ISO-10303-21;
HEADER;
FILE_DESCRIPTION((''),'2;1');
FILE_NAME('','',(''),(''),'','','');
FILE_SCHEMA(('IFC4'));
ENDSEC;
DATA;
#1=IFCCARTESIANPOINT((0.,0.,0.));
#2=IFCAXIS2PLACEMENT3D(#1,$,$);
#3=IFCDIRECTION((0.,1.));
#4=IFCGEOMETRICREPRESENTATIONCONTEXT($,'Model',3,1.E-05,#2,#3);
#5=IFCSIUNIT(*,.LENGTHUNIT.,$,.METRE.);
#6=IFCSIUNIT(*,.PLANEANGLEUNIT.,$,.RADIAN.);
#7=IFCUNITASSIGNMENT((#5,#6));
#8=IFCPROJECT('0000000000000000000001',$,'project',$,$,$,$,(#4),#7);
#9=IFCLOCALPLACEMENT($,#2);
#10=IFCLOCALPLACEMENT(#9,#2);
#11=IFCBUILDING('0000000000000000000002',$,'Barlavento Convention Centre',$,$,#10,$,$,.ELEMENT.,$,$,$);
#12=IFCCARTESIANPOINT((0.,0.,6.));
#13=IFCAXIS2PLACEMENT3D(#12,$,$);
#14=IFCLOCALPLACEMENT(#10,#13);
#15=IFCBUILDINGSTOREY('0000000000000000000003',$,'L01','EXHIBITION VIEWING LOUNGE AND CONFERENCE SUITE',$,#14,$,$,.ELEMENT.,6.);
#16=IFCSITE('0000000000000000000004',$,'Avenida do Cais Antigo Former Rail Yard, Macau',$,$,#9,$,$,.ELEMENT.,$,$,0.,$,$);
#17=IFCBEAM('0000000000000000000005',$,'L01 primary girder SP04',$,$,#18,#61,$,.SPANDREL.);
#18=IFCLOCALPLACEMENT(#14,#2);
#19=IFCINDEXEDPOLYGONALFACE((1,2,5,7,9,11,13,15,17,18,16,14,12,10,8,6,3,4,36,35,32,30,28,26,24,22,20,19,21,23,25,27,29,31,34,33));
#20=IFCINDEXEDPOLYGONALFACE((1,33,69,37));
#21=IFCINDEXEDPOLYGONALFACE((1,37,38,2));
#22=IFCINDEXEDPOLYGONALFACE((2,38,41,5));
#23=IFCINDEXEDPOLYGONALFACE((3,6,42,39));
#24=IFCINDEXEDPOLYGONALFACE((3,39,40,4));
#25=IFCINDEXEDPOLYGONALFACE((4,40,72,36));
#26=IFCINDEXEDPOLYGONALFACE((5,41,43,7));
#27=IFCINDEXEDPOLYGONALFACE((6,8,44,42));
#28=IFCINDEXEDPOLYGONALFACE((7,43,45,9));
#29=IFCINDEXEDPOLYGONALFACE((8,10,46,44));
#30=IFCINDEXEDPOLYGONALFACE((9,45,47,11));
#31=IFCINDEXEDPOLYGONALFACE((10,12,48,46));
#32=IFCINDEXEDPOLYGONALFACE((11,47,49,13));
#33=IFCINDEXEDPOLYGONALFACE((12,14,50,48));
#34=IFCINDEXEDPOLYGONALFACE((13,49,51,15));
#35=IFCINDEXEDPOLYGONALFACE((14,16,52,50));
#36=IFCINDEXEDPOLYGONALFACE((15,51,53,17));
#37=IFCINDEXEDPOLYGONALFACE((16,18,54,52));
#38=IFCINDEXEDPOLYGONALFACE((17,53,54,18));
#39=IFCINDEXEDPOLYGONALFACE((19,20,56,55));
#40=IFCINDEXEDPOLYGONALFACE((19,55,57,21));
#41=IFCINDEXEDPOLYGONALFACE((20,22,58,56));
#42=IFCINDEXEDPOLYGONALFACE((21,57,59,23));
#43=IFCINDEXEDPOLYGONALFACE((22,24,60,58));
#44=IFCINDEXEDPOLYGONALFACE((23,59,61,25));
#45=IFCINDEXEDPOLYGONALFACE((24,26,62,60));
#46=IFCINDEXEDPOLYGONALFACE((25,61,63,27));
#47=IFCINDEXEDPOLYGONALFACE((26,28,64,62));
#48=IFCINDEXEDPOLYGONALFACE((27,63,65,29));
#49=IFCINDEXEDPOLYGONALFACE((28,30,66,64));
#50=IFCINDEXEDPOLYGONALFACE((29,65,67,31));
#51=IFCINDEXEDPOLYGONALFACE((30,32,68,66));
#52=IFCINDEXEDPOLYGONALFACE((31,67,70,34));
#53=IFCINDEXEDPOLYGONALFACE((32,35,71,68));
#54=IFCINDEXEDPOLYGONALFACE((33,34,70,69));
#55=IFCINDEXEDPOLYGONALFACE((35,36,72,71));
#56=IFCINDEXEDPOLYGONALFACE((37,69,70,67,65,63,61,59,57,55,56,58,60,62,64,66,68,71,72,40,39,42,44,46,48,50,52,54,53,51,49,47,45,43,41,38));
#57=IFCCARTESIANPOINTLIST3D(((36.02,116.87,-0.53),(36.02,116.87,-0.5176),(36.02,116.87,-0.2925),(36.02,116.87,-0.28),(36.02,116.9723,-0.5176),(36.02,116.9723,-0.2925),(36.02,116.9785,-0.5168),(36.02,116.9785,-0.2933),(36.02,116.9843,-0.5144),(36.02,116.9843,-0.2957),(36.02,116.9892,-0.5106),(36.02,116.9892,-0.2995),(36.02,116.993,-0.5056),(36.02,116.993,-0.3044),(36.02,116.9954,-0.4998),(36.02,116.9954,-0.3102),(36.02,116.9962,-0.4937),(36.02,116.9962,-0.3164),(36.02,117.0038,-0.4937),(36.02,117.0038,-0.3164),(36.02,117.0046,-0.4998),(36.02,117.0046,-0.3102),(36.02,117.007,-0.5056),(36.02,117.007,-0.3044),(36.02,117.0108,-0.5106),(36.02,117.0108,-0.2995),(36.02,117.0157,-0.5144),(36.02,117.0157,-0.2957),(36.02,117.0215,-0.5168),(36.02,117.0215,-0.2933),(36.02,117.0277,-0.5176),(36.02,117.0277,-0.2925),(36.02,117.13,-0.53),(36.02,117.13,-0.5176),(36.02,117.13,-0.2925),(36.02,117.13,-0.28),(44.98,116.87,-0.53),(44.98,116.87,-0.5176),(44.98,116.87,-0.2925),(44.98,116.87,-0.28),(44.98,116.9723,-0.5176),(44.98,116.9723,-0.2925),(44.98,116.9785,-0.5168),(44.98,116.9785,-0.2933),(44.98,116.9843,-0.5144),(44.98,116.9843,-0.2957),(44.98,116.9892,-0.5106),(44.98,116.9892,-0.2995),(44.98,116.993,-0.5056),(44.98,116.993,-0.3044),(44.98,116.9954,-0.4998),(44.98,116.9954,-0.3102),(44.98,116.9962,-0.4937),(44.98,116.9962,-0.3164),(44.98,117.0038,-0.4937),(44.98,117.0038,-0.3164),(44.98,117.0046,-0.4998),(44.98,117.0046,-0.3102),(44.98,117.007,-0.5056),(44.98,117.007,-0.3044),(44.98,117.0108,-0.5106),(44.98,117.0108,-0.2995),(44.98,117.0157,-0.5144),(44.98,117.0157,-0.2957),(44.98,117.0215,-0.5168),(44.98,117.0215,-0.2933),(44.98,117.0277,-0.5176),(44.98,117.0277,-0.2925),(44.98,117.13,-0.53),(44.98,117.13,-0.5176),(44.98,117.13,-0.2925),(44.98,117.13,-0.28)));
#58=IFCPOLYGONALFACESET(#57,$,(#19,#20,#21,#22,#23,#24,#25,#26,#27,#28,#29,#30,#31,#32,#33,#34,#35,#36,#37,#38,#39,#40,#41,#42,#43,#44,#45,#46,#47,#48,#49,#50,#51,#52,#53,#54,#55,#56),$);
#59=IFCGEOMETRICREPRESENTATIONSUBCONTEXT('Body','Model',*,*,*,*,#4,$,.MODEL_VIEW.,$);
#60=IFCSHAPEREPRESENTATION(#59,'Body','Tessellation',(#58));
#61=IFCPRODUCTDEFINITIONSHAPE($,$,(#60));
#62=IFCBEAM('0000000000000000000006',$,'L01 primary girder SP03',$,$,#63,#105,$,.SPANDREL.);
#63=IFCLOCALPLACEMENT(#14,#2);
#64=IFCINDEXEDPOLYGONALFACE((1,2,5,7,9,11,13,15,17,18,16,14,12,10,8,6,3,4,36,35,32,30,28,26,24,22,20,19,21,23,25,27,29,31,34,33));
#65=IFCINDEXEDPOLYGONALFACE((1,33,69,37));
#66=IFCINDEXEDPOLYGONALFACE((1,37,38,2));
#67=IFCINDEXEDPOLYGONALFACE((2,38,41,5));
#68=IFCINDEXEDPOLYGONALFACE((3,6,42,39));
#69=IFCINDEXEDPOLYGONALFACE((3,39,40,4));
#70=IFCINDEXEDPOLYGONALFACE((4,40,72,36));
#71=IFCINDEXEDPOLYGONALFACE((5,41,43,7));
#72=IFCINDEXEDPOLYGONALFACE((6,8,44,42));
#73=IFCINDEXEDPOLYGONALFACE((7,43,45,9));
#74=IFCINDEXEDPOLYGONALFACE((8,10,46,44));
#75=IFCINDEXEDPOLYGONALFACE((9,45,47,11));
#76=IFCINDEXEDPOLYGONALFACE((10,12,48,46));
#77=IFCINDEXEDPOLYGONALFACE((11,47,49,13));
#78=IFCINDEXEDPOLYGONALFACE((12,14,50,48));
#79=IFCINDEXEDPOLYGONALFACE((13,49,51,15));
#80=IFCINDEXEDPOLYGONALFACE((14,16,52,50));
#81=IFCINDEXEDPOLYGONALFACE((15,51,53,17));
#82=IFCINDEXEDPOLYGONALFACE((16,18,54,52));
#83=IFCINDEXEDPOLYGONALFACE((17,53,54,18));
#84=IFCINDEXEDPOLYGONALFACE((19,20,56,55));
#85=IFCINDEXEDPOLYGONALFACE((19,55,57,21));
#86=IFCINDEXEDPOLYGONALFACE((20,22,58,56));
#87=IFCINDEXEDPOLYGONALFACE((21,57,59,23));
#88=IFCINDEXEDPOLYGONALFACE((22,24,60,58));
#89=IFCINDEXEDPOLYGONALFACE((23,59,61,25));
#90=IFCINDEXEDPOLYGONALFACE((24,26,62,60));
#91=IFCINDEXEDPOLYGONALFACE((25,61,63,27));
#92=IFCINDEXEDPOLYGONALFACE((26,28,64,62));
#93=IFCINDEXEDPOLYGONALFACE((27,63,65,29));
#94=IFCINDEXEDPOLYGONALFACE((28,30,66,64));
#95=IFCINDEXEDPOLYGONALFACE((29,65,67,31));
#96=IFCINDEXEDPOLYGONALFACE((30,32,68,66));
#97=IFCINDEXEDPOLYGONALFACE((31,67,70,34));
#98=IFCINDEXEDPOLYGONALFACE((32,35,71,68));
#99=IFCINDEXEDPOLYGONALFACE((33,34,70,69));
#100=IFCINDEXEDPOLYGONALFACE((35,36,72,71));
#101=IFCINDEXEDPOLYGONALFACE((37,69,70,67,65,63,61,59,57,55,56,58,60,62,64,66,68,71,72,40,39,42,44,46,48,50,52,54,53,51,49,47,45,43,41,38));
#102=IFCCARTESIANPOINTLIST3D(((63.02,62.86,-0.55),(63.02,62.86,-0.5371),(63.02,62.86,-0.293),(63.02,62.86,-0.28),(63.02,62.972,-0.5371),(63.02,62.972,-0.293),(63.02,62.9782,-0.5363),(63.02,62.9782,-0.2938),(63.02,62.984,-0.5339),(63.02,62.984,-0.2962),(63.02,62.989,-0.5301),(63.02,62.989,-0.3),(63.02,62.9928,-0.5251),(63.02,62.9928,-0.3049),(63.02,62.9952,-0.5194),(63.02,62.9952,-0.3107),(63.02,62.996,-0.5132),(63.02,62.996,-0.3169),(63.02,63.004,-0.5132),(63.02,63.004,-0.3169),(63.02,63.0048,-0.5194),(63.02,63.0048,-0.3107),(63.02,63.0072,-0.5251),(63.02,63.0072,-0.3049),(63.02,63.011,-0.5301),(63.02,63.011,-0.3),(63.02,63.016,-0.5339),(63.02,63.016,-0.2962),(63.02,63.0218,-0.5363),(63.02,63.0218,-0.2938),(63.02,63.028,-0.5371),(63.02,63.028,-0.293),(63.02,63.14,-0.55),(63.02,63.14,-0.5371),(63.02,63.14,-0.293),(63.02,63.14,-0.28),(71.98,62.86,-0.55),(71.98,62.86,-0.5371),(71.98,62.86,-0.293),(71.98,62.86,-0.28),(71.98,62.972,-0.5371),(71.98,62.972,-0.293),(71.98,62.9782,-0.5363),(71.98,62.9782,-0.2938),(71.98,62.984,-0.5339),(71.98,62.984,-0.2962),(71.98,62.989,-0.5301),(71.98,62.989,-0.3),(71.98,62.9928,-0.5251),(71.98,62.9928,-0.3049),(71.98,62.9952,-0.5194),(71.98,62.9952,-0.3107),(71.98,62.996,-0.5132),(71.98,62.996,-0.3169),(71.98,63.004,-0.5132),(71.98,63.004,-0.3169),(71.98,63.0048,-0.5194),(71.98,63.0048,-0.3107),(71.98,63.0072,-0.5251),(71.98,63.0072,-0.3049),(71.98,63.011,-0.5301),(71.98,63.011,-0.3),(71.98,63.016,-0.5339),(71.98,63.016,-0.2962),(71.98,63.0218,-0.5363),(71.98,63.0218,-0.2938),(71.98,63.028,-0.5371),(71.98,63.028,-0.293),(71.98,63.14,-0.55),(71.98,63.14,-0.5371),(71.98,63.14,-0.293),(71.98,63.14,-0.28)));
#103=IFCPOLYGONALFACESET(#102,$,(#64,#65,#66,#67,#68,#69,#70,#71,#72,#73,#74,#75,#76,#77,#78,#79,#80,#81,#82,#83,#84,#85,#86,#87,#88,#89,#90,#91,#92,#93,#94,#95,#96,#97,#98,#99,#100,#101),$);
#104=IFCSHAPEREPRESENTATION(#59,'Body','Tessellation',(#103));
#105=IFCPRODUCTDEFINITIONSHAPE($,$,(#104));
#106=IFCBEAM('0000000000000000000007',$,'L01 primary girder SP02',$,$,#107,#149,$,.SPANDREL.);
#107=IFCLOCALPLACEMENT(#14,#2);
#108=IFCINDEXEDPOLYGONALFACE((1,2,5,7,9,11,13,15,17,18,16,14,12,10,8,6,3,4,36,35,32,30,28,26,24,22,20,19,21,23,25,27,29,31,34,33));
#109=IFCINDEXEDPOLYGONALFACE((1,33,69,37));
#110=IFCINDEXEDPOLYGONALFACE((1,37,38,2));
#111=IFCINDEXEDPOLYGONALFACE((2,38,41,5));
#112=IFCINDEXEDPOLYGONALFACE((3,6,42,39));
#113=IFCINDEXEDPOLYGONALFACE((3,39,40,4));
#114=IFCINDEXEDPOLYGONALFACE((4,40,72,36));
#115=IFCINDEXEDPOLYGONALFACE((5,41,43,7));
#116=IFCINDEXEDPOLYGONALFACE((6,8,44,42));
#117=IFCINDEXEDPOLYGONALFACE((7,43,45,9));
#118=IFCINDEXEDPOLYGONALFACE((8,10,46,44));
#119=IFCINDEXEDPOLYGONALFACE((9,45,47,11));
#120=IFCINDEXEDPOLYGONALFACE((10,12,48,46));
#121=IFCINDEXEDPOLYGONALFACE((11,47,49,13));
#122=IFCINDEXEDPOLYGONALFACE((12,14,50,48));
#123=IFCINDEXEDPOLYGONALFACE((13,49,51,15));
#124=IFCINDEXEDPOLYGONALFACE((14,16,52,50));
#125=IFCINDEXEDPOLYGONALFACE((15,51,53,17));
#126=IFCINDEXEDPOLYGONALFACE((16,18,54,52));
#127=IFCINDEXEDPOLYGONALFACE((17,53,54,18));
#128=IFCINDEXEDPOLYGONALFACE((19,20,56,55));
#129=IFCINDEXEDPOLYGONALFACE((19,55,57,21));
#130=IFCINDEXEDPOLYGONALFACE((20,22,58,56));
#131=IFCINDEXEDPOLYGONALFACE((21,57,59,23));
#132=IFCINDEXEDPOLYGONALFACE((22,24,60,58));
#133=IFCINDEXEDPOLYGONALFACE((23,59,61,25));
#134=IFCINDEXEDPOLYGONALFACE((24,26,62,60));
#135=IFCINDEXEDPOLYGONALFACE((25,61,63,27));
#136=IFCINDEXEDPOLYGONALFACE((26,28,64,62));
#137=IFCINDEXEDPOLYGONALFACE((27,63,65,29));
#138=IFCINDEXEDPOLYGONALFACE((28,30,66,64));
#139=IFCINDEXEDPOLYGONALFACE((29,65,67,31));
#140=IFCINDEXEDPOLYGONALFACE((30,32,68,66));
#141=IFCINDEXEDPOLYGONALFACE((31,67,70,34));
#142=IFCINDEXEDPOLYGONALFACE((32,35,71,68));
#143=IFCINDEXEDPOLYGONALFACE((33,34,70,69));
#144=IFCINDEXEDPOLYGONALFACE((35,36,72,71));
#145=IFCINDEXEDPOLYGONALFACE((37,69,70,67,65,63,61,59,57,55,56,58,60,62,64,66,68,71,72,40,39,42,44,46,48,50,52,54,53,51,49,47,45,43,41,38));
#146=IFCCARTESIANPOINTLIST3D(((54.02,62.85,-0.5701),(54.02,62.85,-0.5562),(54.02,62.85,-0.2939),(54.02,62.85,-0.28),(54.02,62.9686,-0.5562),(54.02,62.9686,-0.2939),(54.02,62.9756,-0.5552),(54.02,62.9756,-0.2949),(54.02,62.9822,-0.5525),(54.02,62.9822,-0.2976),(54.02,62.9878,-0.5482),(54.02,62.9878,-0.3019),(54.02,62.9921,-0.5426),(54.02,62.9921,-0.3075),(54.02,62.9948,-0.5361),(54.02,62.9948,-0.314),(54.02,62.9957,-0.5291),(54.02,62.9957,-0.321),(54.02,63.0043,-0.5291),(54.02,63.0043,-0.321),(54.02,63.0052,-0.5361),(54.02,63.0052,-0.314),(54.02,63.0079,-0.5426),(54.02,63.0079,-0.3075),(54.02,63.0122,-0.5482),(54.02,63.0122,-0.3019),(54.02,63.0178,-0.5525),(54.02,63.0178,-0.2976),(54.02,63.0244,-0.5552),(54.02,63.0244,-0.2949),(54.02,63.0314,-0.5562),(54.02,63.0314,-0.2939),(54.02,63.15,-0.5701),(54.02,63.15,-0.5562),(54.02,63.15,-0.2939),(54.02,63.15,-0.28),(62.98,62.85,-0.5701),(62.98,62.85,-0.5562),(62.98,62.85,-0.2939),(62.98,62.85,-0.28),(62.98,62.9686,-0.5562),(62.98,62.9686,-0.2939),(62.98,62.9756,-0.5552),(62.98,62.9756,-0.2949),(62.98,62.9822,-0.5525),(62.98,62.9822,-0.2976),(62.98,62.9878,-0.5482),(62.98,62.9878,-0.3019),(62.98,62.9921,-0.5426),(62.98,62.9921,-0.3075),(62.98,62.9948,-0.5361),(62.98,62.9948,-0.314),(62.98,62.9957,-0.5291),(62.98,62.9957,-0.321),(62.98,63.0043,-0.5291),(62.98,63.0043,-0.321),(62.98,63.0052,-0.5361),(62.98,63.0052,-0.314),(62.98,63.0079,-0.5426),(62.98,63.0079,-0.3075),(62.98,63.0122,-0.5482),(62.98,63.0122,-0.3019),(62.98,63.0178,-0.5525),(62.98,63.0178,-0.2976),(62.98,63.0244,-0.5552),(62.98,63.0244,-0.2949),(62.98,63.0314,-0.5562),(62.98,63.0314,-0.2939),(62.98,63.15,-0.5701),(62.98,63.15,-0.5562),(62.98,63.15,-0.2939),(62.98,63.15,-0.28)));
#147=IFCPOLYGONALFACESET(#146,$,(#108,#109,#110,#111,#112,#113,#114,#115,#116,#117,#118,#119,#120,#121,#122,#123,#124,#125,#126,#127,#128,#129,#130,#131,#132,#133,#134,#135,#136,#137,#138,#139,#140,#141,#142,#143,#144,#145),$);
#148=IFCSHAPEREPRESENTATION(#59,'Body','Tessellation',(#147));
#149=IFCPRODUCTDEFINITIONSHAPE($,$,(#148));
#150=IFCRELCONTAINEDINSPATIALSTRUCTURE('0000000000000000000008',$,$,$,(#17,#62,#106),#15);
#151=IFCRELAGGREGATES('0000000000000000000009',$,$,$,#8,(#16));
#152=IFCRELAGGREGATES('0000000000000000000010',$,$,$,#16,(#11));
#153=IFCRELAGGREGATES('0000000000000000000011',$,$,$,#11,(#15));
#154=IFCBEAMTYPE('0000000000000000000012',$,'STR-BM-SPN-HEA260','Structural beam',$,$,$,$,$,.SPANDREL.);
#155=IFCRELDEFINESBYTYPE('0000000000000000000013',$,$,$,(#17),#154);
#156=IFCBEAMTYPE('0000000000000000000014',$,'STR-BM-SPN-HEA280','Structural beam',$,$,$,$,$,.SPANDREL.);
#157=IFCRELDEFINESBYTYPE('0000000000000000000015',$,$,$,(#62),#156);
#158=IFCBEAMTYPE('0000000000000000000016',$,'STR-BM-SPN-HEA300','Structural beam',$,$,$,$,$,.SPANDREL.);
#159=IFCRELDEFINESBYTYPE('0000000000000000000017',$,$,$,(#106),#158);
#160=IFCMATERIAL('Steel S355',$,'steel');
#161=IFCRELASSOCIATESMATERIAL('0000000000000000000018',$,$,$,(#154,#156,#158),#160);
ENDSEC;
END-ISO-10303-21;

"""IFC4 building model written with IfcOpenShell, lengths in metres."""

from ifc_helpers import new_model, si_unit, direction, frame, origin, origin_2d, place, context, subcontext, project, spatial, i_section, extrude, material, material_profile, profile_set, type_object, element, save


model = new_model("IFC4")

# Units and contexts
model_context = context("Model", 3, precision=1e-05, world=origin(), true_north=direction((0.0, 1.0)))
body_context = subcontext(model_context, "Body", "Model", "MODEL_VIEW")
ifc_project = project(units=[si_unit("LENGTHUNIT", "METRE"), si_unit("PLANEANGLEUNIT", "RADIAN")], contexts=[model_context])

# Site, building, storey
site_placement = place(None, origin())
site = spatial("IfcSite", under=ifc_project, at=site_placement, Name="Avenida do Cais Antigo Former Rail Yard, Macau", CompositionType="ELEMENT", RefElevation=0.0)
building_placement = place(site_placement, origin())
building = spatial("IfcBuilding", under=site, at=building_placement, Name="Barlavento Convention Centre", CompositionType="ELEMENT")
storey_placement = place(building_placement, frame((0.0, 0.0, 6.0)))
storey = spatial("IfcBuildingStorey", under=building, at=storey_placement, Name="L01", Description="EXHIBITION VIEWING LOUNGE AND CONFERENCE SUITE", CompositionType="ELEMENT", Elevation=6.0)

# Shared definitions
ifc_material_1 = material(Name="Steel S355", Category="steel")

# Beams
ifc_material_profile_1 = material_profile(ifc_material_1, i_section(OverallWidth=0.26, OverallDepth=0.25, WebThickness=0.0076, FlangeThickness=0.0125, FilletRadius=0.0239, at=origin_2d()), Name="HEA 260")
ifc_profile_set_1 = profile_set([ifc_material_profile_1], Name="Steel S355")
beam_type_1 = type_object("IfcBeamType", Name="STR-BM-SPN-HEA260", Description="Structural beam", PredefinedType="SPANDREL", material=ifc_profile_set_1)
for number, where, z_axis, x_axis, name in (
    (1, (36.02, 117.0, -0.405), (1.0, 0.0, 0.0), (0.0, 1.0, 0.0), "L01 primary girder SP04"),
):
    element("IfcBeam", number, at=place(storey_placement, frame(where, z_axis=z_axis, x_axis=x_axis)), inside=storey, type_object=beam_type_1, Name=name, PredefinedType="SPANDREL", context=body_context, shape_type="SweptSolid", body=[
        extrude(i_section(OverallWidth=0.26, OverallDepth=0.25, WebThickness=0.0076, FlangeThickness=0.0125, FilletRadius=0.0239, at=origin_2d()), origin(), (0.0, 0.0, 1.0), 8.96),
    ])
ifc_material_profile_2 = material_profile(ifc_material_1, i_section(OverallWidth=0.28, OverallDepth=0.27, WebThickness=0.0081, FlangeThickness=0.0129, FilletRadius=0.0239, at=origin_2d()), Name="HEA 280")
ifc_profile_set_2 = profile_set([ifc_material_profile_2], Name="Steel S355")
beam_type_2 = type_object("IfcBeamType", Name="STR-BM-SPN-HEA280", Description="Structural beam", PredefinedType="SPANDREL", material=ifc_profile_set_2)
beam_1_placement = place(storey_placement, frame((63.02, 63.0, -0.415), z_axis=(1.0, 0.0, 0.0), x_axis=(0.0, 1.0, 0.0)))
element("IfcBeam", 2, at=beam_1_placement, inside=storey, type_object=beam_type_2, Name="L01 primary girder SP03", PredefinedType="SPANDREL", context=body_context, shape_type="SweptSolid", body=[
    extrude(i_section(OverallWidth=0.28, OverallDepth=0.27, WebThickness=0.0081, FlangeThickness=0.0129, FilletRadius=0.0239, at=origin_2d()), origin(), (0.0, 0.0, 1.0), 8.96),
])
ifc_material_profile_3 = material_profile(ifc_material_1, i_section(OverallWidth=0.3, OverallDepth=0.29, WebThickness=0.0085, FlangeThickness=0.0139, FilletRadius=0.0271, at=origin_2d()), Name="HEA 300")
ifc_profile_set_3 = profile_set([ifc_material_profile_3], Name="Steel S355")
beam_type_3 = type_object("IfcBeamType", Name="STR-BM-SPN-HEA300", Description="Structural beam", PredefinedType="SPANDREL", material=ifc_profile_set_3)
beam_2_placement = place(storey_placement, frame((54.02, 63.0, -0.425), z_axis=(1.0, 0.0, 0.0), x_axis=(0.0, 1.0, 0.0)))
element("IfcBeam", 3, at=beam_2_placement, inside=storey, type_object=beam_type_3, Name="L01 primary girder SP02", PredefinedType="SPANDREL", context=body_context, shape_type="SweptSolid", body=[
    extrude(i_section(OverallWidth=0.3, OverallDepth=0.29, WebThickness=0.0085, FlangeThickness=0.0139, FilletRadius=0.0271, at=origin_2d()), origin(), (0.0, 0.0, 1.0), 8.96),
])

save(model, "model.ifc")
